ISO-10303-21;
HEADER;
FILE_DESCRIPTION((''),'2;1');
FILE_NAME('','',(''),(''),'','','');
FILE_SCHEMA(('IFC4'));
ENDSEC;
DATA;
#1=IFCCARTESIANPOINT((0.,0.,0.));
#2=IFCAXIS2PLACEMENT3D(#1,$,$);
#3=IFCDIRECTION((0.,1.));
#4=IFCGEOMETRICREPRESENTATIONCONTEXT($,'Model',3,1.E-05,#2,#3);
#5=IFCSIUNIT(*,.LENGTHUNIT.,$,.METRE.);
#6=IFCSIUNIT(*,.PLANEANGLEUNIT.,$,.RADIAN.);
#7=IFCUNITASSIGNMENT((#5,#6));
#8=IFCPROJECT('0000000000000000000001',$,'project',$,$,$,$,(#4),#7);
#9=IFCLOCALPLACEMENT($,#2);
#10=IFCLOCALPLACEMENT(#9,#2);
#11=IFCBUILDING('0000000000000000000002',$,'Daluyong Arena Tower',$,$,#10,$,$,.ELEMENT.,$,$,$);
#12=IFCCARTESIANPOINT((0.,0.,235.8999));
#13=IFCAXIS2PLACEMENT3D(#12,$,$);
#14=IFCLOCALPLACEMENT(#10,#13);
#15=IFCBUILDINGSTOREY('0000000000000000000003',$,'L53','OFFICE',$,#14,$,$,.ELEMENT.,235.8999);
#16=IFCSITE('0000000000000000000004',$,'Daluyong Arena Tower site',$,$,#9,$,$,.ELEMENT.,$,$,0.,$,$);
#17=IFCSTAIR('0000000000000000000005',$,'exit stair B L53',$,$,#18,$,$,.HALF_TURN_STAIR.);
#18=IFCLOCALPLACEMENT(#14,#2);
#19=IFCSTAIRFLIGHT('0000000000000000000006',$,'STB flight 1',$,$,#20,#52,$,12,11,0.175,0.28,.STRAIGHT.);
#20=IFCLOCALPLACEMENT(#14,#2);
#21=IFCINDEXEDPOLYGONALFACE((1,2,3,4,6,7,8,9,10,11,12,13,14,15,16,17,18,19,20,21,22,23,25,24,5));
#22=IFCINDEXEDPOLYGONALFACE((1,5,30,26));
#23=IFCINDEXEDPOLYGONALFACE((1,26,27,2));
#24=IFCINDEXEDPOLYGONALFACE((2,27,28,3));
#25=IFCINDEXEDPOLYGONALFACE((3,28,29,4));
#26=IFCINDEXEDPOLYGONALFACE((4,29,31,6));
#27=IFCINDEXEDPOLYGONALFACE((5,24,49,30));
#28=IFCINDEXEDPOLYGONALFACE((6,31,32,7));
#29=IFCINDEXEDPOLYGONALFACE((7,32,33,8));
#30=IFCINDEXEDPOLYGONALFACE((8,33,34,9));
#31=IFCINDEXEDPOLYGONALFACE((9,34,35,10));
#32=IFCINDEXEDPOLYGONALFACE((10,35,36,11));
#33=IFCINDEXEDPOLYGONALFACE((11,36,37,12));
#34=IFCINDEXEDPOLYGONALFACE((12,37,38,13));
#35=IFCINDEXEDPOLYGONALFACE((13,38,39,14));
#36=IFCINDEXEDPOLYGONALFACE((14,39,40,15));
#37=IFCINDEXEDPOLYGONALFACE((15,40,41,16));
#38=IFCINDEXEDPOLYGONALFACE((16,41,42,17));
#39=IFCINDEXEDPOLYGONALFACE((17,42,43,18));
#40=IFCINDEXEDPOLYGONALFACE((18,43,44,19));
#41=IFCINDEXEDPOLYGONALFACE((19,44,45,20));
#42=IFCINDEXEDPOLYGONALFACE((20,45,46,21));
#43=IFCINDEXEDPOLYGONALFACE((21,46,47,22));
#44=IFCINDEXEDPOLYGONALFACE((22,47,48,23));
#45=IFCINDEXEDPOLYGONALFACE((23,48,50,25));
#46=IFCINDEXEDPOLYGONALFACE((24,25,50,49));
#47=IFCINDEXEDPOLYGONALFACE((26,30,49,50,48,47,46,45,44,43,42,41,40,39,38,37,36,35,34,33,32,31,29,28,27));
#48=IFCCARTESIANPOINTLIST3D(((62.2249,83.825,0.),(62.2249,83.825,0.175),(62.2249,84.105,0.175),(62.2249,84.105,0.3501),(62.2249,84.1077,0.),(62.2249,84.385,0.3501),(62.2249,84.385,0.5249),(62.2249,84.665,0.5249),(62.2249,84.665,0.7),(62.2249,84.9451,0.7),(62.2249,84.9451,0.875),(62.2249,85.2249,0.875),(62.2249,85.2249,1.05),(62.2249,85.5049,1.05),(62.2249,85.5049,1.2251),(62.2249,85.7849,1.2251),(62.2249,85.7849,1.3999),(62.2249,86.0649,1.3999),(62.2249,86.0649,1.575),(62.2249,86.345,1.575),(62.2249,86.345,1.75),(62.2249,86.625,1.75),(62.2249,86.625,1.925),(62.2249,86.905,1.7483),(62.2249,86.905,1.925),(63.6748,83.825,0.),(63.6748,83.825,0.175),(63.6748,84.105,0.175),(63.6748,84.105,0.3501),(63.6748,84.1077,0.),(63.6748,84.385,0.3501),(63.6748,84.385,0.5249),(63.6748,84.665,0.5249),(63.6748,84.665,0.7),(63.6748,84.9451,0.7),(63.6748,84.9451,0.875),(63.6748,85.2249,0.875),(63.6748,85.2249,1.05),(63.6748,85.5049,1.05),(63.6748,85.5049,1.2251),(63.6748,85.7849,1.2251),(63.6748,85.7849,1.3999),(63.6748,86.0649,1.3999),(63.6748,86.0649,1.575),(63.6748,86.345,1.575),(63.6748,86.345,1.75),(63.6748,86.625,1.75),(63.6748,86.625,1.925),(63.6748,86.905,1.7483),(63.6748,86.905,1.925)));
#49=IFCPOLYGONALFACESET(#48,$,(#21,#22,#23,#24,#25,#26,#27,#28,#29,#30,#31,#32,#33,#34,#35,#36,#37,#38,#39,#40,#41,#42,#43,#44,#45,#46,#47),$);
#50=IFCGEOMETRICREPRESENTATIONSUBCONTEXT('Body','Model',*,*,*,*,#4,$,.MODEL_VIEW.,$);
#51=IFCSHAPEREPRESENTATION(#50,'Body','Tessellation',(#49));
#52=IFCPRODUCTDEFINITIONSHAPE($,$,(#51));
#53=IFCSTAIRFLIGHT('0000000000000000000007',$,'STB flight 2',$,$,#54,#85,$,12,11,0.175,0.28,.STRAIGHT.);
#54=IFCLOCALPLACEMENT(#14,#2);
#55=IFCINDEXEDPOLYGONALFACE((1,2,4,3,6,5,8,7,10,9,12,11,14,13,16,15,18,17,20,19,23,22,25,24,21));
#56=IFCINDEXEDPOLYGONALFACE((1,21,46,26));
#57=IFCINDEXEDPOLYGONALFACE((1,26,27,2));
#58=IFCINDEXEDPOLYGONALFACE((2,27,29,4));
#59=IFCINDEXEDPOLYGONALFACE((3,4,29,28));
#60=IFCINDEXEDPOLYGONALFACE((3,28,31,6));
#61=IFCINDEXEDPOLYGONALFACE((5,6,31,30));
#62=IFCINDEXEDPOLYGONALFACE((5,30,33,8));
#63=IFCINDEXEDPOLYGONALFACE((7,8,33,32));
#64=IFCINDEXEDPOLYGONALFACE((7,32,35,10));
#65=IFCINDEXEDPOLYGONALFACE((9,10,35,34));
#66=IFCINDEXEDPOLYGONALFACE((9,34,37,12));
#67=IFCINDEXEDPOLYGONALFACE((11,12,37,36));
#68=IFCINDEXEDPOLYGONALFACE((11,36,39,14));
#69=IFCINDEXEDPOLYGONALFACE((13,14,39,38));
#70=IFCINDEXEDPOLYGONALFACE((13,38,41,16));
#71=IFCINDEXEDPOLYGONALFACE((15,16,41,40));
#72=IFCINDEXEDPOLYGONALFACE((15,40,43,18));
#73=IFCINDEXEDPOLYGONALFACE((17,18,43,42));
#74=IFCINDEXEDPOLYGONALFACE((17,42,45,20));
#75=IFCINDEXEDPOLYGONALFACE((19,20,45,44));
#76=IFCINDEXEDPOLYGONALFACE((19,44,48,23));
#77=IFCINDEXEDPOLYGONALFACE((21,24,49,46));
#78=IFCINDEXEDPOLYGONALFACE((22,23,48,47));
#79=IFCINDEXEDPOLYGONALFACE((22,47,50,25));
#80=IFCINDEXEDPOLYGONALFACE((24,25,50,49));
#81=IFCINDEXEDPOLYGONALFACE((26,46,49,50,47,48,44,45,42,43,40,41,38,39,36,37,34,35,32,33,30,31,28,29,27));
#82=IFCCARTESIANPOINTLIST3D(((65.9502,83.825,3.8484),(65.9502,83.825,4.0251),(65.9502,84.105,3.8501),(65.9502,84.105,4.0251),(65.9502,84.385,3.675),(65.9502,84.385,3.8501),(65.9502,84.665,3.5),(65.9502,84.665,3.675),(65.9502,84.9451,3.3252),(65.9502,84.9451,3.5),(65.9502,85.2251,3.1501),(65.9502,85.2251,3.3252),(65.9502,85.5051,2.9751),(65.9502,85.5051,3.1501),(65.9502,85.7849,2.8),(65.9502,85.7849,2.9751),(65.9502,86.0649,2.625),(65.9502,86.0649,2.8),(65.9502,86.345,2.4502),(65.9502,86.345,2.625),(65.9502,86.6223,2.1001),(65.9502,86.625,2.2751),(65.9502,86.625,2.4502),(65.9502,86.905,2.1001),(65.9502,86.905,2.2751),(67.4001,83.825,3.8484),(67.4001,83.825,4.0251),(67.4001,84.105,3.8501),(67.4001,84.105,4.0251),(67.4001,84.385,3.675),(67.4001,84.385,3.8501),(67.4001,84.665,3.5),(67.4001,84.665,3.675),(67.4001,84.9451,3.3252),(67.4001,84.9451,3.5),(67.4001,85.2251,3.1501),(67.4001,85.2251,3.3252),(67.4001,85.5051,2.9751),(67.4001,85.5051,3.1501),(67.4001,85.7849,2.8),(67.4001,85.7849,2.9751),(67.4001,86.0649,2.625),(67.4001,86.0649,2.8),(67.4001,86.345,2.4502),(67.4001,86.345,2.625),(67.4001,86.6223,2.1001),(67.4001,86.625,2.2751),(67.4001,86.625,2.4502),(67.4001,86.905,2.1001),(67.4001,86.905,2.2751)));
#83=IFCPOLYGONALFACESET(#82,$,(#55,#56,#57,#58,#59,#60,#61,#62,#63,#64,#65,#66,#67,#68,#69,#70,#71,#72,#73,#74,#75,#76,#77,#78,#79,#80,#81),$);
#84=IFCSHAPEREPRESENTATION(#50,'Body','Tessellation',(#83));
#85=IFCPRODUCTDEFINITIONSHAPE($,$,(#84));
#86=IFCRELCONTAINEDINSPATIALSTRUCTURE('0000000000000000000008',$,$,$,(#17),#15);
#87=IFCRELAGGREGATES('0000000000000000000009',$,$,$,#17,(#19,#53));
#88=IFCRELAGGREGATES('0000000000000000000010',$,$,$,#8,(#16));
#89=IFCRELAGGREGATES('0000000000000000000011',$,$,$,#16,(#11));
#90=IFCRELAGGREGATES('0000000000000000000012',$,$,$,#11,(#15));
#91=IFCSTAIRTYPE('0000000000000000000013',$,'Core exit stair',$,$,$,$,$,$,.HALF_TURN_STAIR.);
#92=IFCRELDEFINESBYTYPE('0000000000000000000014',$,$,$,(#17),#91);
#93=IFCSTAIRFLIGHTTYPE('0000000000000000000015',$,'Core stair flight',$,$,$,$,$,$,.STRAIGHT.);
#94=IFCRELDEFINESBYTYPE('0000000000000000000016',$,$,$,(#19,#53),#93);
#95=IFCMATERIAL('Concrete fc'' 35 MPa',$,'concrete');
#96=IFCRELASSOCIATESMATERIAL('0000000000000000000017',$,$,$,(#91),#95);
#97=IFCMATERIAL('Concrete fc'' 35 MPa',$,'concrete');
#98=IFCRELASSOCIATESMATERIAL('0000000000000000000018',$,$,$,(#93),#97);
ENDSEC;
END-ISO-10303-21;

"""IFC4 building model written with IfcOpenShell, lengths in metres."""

from ifc_helpers import new_model, si_unit, direction, frame, origin, place, context, subcontext, project, spatial, polyline, outline, extrude, material, type_object, element, aggregate, save


model = new_model("IFC4")

# Units and contexts
model_context = context("Model", 3, precision=1e-05, world=origin(), true_north=direction((0.0, 1.0)))
body_context = subcontext(model_context, "Body", "Model", "MODEL_VIEW")
ifc_project = project(units=[si_unit("LENGTHUNIT", "METRE"), si_unit("PLANEANGLEUNIT", "RADIAN")], contexts=[model_context])

# Site, building, storey
site_placement = place(None, origin())
site = spatial("IfcSite", under=ifc_project, at=site_placement, Name="Daluyong Arena Tower site", CompositionType="ELEMENT", RefElevation=0.0)
building_placement = place(site_placement, origin())
building = spatial("IfcBuilding", under=site, at=building_placement, Name="Daluyong Arena Tower", CompositionType="ELEMENT")
storey_placement = place(building_placement, frame((0.0, 0.0, 235.8999)))
storey = spatial("IfcBuildingStorey", under=building, at=storey_placement, Name="L53", Description="OFFICE", CompositionType="ELEMENT", Elevation=235.8999)

# Stair, stair flights
ifc_material_1 = material(Name="Concrete fc' 35 MPa", Category="concrete")
stair_type = type_object("IfcStairType", Name="Core exit stair", PredefinedType="HALF_TURN_STAIR", material=ifc_material_1)
stair_placement = place(storey_placement, origin())
stair = element("IfcStair", 1, at=stair_placement, inside=storey, type_object=stair_type, Name="exit stair B L53", PredefinedType="HALF_TURN_STAIR")
ifc_material_2 = material(Name="Concrete fc' 35 MPa", Category="concrete")
stair_flight_type = type_object("IfcStairFlightType", Name="Core stair flight", PredefinedType="STRAIGHT", material=ifc_material_2)
stair_flight_1_placement = place(storey_placement, frame((62.95, 83.825, 0.0), z_axis=(0.0, 0.0, 1.0), x_axis=(0.0, 1.0, 0.0)))
stair_flight_1 = element("IfcStairFlight", 2, at=stair_flight_1_placement, type_object=stair_flight_type, Name="STB flight 1", NumberOfRisers=12, NumberOfTreads=11, PredefinedType="STRAIGHT", RiserHeight=0.175, TreadLength=0.28, context=body_context, shape_type="SweptSolid", body=[
    extrude(outline(polyline([(0.0, 0.0), (0.0, 0.175), (0.28, 0.175), (0.28, 0.3501), (0.5601, 0.3501), (0.5601, 0.5249), (0.8401, 0.5249), (0.8401, 0.7), (1.1201, 0.7), (1.1201, 0.875), (1.3999, 0.875), (1.3999, 1.05), (1.6799, 1.05), (1.6799, 1.2251), (1.96, 1.2251), (1.96, 1.3999), (2.24, 1.3999), (2.24, 1.575), (2.52, 1.575), (2.52, 1.75), (2.8, 1.75), (2.8, 1.925), (3.0801, 1.925), (3.0801, 2.1001), (3.0801, 1.7483), (0.2827, 0.0), (0.0, 0.0)])), frame((0.0, 0.7251, 0.0), z_axis=(0.0, -1.0, 0.0), x_axis=(1.0, 0.0, 0.0)), (0.0, 0.0, 1.0), 1.45),
])
stair_flight_2_placement = place(storey_placement, frame((66.675, 86.905, 2.1001), z_axis=(0.0, 0.0, 1.0), x_axis=(0.0, -1.0, 0.0)))
stair_flight_2 = element("IfcStairFlight", 3, at=stair_flight_2_placement, type_object=stair_flight_type, Name="STB flight 2", NumberOfRisers=12, NumberOfTreads=11, PredefinedType="STRAIGHT", RiserHeight=0.175, TreadLength=0.28, context=body_context, shape_type="SweptSolid", body=[
    extrude(outline(polyline([(0.0, 0.0), (0.0, 0.175), (0.28, 0.175), (0.28, 0.3501), (0.5601, 0.3501), (0.5601, 0.5249), (0.8401, 0.5249), (0.8401, 0.7), (1.1201, 0.7), (1.1201, 0.875), (1.3999, 0.875), (1.3999, 1.05), (1.6799, 1.05), (1.6799, 1.2251), (1.96, 1.2251), (1.96, 1.3999), (2.24, 1.3999), (2.24, 1.575), (2.52, 1.575), (2.52, 1.75), (2.8, 1.75), (2.8, 1.925), (3.0801, 1.925), (3.0801, 2.1001), (3.0801, 1.7483), (0.2827, 0.0), (0.0, 0.0)])), frame((0.0, 0.7251, 0.0), z_axis=(0.0, -1.0, 0.0), x_axis=(1.0, 0.0, 0.0)), (0.0, 0.0, 1.0), 1.45),
])
aggregate(stair, [stair_flight_1, stair_flight_2])

save(model, "model.ifc")
